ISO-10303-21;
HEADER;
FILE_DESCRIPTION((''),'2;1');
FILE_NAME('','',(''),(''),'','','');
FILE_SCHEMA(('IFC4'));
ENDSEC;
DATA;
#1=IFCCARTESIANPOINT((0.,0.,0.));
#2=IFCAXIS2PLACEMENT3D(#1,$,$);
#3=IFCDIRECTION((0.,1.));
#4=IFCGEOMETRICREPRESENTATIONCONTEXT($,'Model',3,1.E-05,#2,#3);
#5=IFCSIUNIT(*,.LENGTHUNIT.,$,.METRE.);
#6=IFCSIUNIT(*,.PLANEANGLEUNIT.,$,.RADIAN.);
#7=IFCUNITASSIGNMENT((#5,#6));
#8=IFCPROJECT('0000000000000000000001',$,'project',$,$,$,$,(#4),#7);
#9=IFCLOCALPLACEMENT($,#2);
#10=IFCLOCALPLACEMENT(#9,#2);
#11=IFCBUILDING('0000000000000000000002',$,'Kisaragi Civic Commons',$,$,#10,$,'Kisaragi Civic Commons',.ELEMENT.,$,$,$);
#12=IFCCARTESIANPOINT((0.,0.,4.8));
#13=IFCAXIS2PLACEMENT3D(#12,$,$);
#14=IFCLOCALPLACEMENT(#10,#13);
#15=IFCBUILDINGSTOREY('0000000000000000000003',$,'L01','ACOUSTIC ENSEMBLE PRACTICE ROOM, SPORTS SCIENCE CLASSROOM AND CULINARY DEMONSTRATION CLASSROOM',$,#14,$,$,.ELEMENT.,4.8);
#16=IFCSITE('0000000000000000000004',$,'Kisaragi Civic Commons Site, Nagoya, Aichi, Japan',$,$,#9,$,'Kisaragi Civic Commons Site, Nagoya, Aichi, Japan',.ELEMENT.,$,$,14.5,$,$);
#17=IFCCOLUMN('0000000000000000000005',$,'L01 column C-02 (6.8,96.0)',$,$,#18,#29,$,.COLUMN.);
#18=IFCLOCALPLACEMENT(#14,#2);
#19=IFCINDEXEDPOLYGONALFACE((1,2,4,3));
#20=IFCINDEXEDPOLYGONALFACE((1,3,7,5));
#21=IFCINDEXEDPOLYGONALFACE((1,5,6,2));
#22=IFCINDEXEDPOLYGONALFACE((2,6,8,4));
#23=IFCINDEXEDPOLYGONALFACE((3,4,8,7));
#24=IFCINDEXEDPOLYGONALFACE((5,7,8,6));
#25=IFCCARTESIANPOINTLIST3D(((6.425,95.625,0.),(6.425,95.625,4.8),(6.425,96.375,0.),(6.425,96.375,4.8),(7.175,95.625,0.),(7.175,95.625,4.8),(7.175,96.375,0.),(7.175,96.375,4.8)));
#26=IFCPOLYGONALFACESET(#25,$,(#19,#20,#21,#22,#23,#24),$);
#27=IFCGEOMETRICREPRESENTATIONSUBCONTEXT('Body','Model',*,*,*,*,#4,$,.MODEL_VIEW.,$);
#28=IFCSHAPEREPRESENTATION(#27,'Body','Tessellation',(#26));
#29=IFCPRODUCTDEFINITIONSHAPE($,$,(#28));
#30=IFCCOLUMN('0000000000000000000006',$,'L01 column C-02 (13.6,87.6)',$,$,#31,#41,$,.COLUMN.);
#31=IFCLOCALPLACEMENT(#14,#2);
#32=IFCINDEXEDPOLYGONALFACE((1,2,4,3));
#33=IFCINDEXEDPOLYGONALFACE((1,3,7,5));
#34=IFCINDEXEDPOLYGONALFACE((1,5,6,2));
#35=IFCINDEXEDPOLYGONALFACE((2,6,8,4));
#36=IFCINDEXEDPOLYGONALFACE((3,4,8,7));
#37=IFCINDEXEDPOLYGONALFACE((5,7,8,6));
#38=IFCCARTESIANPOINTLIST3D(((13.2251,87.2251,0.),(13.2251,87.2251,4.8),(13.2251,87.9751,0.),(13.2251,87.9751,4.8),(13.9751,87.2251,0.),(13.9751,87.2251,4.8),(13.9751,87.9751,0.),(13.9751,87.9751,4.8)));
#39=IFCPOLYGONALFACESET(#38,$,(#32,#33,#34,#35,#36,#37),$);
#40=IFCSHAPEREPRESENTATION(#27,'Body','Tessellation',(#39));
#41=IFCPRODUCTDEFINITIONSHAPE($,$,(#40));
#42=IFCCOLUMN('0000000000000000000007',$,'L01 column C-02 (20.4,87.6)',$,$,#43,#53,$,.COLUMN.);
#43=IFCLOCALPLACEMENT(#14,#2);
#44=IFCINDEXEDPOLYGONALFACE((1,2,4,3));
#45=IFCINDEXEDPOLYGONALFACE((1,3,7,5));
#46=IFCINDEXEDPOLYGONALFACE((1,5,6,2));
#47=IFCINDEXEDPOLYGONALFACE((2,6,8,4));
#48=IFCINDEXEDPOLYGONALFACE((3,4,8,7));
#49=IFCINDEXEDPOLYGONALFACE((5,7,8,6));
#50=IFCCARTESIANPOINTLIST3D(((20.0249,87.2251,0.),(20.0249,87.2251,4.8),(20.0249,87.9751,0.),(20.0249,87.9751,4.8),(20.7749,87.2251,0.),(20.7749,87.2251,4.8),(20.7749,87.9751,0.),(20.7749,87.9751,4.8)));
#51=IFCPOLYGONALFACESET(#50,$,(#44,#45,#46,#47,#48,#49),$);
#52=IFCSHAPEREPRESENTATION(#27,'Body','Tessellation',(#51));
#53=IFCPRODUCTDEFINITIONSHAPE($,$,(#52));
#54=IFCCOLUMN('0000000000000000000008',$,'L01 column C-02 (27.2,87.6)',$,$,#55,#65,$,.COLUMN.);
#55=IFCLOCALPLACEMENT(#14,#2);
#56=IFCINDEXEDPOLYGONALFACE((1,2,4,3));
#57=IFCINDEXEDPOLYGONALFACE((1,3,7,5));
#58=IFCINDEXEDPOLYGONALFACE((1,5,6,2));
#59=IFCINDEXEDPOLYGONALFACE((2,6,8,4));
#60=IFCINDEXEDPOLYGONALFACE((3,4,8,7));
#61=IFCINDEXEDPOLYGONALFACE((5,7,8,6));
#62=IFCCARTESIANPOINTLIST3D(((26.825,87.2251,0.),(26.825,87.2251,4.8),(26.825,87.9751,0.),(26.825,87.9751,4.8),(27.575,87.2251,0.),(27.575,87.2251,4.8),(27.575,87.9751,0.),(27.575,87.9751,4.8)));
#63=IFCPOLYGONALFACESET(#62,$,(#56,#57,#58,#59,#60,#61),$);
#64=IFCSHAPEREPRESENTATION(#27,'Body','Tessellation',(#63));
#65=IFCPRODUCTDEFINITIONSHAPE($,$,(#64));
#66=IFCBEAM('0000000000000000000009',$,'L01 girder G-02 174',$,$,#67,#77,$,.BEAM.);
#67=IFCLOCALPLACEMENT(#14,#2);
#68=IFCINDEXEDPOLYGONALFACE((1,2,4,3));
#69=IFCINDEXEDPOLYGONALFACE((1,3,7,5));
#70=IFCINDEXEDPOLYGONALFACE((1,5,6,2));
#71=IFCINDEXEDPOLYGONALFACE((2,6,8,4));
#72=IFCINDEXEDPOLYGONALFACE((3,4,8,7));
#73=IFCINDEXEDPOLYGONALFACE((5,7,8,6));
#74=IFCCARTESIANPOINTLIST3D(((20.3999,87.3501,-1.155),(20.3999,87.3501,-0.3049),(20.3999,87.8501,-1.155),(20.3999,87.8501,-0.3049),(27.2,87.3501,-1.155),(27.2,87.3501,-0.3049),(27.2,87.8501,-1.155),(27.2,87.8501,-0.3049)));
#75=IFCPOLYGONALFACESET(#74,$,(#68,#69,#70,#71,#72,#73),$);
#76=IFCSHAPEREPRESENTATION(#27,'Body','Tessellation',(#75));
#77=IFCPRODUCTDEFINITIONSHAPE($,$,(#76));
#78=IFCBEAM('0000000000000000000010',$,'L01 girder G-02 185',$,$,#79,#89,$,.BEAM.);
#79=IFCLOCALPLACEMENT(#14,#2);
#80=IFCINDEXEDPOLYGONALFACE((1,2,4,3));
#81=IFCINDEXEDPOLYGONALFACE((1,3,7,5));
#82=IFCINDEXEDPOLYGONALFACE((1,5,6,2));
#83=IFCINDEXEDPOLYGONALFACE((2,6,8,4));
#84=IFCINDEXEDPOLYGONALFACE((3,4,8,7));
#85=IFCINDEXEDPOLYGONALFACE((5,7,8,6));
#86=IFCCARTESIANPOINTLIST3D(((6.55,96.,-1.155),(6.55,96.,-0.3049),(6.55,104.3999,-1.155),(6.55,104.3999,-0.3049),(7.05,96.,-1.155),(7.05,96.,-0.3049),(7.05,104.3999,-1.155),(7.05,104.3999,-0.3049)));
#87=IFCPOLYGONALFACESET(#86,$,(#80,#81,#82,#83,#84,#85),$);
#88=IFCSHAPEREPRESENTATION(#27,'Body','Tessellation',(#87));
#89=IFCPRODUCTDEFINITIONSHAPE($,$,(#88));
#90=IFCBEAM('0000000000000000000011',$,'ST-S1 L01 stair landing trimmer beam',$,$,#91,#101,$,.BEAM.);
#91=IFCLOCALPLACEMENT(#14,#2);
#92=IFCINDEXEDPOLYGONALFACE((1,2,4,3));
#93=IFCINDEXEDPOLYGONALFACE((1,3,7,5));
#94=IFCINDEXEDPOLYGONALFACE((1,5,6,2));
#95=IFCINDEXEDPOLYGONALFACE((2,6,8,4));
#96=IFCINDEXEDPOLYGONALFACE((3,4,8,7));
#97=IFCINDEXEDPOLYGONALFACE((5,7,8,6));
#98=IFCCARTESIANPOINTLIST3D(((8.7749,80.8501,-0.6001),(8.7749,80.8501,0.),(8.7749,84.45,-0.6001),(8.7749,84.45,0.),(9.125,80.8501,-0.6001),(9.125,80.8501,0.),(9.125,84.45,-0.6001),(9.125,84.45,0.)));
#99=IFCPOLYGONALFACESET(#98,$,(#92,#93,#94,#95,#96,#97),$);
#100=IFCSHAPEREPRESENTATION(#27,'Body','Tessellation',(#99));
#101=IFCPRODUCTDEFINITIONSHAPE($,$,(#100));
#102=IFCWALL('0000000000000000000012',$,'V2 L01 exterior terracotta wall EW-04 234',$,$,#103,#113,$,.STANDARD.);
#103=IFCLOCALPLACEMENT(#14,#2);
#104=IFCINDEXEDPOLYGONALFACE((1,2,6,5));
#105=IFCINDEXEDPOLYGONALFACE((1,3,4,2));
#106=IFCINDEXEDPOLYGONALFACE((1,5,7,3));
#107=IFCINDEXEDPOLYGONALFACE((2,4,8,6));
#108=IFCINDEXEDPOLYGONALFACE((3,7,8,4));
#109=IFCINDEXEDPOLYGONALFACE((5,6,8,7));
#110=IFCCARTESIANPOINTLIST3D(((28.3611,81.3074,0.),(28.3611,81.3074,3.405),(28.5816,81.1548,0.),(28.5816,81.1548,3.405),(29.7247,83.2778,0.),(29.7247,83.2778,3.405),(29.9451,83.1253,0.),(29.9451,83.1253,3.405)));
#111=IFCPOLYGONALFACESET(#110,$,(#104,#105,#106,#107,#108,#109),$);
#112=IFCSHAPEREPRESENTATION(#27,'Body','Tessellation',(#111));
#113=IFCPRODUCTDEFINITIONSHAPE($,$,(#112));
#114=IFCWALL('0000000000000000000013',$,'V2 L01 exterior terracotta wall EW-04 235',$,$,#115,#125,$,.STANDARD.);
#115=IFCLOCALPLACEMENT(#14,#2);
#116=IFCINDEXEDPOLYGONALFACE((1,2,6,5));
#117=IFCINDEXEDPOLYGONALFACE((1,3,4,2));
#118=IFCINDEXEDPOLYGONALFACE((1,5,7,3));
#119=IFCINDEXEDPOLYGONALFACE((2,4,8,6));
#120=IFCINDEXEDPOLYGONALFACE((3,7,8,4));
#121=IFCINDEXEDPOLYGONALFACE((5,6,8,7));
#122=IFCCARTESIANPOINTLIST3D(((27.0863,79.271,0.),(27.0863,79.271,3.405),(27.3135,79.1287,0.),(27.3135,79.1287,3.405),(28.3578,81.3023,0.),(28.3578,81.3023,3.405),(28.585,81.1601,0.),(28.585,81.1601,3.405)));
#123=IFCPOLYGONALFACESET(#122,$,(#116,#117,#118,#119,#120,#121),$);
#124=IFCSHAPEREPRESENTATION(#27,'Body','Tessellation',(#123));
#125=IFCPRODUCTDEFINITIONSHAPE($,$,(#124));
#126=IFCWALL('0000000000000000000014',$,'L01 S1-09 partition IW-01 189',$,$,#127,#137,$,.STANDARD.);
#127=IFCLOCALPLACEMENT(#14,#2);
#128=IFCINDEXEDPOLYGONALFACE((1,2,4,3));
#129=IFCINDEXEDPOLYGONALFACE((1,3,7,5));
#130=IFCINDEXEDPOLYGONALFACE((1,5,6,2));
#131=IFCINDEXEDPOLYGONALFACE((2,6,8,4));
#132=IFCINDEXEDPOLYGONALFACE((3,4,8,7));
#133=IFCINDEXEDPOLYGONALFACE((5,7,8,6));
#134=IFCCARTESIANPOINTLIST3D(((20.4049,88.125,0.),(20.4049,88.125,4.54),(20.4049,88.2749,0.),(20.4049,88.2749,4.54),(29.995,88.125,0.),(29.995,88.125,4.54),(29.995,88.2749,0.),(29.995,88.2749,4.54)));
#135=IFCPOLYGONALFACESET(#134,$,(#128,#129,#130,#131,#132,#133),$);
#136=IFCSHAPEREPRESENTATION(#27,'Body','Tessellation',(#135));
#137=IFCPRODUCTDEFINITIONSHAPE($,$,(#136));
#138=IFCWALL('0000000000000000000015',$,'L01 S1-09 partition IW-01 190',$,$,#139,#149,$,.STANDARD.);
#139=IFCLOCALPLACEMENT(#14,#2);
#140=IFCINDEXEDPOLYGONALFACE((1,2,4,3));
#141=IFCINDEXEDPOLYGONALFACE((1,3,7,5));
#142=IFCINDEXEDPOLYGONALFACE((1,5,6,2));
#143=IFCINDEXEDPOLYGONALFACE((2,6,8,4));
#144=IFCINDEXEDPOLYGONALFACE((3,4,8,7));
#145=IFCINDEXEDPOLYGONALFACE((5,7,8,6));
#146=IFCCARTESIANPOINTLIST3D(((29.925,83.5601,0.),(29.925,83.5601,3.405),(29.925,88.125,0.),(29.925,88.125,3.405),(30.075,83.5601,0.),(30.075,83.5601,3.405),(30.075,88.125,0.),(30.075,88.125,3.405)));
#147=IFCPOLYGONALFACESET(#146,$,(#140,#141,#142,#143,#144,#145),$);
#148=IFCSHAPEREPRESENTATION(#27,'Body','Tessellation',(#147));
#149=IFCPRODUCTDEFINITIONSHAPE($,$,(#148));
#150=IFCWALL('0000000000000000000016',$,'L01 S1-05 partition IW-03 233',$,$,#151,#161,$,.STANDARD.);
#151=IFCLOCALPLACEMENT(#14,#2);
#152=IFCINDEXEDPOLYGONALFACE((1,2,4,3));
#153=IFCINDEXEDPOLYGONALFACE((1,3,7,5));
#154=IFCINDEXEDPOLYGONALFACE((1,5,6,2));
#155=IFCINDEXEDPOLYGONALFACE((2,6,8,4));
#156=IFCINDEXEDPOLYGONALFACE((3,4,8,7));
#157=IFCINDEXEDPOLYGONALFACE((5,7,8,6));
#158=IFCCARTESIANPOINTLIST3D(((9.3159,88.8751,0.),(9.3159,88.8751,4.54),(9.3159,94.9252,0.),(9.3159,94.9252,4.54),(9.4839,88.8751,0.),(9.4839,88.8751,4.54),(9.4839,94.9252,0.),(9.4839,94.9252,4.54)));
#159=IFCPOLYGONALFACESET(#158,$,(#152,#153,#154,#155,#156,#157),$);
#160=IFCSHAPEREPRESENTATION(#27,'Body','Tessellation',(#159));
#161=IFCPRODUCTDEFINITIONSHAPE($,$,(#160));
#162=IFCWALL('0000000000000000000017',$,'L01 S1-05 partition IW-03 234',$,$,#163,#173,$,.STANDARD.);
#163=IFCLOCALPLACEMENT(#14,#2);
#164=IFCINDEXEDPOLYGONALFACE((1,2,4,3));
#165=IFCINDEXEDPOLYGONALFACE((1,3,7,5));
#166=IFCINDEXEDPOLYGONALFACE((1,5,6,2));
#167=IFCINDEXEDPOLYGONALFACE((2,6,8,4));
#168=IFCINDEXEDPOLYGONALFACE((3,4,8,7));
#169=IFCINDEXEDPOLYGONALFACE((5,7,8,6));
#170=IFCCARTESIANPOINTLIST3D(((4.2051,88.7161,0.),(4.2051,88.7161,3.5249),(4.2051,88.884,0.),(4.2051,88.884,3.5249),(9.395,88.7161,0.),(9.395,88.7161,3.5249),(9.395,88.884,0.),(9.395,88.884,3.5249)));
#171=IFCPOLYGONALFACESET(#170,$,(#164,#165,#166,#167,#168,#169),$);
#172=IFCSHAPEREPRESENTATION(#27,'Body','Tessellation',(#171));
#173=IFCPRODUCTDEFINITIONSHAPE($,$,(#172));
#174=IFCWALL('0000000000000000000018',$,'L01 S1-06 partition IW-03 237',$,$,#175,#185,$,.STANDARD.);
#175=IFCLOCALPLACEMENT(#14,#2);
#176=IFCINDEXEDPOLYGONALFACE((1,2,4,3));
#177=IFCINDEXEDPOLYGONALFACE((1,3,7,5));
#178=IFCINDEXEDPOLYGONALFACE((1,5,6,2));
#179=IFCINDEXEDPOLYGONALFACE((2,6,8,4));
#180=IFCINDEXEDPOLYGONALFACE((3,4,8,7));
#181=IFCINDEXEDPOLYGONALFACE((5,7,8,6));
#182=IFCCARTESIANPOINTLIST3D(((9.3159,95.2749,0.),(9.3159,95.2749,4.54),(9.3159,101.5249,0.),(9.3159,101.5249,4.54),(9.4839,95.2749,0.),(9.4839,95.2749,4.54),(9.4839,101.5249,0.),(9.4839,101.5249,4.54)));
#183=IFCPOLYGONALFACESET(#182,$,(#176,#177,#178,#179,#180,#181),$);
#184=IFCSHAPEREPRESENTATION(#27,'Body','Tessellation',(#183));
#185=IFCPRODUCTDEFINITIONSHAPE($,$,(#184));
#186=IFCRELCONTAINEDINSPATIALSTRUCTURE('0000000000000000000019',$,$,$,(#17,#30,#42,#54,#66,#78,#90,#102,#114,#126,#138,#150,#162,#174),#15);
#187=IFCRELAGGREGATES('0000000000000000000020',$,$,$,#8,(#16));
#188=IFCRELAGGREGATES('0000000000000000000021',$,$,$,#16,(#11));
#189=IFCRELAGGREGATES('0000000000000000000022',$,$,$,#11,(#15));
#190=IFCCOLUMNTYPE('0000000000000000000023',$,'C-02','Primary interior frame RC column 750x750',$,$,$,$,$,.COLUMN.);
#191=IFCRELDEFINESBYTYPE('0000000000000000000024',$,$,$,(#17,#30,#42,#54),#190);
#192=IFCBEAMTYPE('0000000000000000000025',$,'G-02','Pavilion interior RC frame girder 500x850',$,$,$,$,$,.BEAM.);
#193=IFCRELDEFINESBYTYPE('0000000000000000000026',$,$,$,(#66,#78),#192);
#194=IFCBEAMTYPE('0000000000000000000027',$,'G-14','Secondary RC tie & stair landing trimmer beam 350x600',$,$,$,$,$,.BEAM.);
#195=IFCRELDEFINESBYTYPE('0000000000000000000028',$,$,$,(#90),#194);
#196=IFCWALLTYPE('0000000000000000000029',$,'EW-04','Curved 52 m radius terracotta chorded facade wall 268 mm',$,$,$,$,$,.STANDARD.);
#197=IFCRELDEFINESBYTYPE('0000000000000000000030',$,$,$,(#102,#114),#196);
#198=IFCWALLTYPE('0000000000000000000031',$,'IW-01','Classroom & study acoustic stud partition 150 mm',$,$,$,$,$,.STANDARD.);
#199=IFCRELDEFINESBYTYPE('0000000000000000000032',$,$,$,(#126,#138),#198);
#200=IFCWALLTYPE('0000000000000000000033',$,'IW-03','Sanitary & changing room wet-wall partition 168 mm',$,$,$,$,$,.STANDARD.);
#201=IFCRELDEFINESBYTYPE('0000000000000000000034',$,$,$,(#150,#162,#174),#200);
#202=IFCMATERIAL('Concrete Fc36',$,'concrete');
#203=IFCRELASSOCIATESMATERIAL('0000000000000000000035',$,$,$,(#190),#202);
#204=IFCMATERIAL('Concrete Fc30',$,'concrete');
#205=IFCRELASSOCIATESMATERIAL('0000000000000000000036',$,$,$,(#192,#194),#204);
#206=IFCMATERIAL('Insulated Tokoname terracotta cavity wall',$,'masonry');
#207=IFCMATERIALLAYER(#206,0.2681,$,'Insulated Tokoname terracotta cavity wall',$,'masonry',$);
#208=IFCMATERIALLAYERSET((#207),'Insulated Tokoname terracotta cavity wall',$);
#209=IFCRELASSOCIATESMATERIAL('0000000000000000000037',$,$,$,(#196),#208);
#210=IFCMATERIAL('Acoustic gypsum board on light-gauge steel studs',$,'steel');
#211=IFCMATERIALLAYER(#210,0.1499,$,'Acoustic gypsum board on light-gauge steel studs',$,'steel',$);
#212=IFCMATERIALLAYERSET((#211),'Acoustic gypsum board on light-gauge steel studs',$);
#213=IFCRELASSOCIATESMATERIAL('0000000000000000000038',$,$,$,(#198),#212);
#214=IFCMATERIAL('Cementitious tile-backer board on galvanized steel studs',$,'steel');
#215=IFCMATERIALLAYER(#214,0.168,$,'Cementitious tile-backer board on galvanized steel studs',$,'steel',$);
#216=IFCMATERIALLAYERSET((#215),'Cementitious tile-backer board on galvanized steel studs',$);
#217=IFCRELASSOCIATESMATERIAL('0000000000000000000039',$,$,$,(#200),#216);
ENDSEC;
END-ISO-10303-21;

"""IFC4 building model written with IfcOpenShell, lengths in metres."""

from ifc_helpers import new_model, si_unit, direction, frame, frame_2d, origin, origin_2d, place, context, subcontext, project, spatial, rectangle, extrude, material, layer, layer_set, material_profile, profile_set, type_object, element, save


model = new_model("IFC4")

# Units and contexts
model_context = context("Model", 3, precision=1e-05, world=origin(), true_north=direction((0.0, 1.0)))
body_context = subcontext(model_context, "Body", "Model", "MODEL_VIEW")
ifc_project = project(units=[si_unit("LENGTHUNIT", "METRE"), si_unit("PLANEANGLEUNIT", "RADIAN")], contexts=[model_context])

# Site, building, storey
site_placement = place(None, origin())
site = spatial("IfcSite", under=ifc_project, at=site_placement, Name="Kisaragi Civic Commons Site, Nagoya, Aichi, Japan", LongName="Kisaragi Civic Commons Site, Nagoya, Aichi, Japan", CompositionType="ELEMENT", RefElevation=14.5)
building_placement = place(site_placement, origin())
building = spatial("IfcBuilding", under=site, at=building_placement, Name="Kisaragi Civic Commons", LongName="Kisaragi Civic Commons", CompositionType="ELEMENT")
storey_placement = place(building_placement, frame((0.0, 0.0, 4.8)))
storey = spatial("IfcBuildingStorey", under=building, at=storey_placement, Name="L01", Description="ACOUSTIC ENSEMBLE PRACTICE ROOM, SPORTS SCIENCE CLASSROOM AND CULINARY DEMONSTRATION CLASSROOM", CompositionType="ELEMENT", Elevation=4.8)

# Columns
ifc_material_1 = material(Name="Concrete Fc36", Category="concrete")
ifc_material_profile_1 = material_profile(ifc_material_1, rectangle(XDim=0.75, YDim=0.75, at=origin_2d()), Name="RC-750x750", Category="concrete")
ifc_profile_set_1 = profile_set([ifc_material_profile_1], Name="Concrete Fc36")
column_type = type_object("IfcColumnType", Name="C-02", Description="Primary interior frame RC column 750x750", PredefinedType="COLUMN", material=ifc_profile_set_1)
for number, where, z_axis, x_axis, name in (
    (1, (6.8, 96.0, 0.0), (0.0, 0.0, 1.0), (1.0, 0.0, 0.0), "L01 column C-02 (6.8,96.0)"),
    (2, (13.6001, 87.6001, 0.0), (0.0, 0.0, 1.0), (1.0, 0.0, 0.0), "L01 column C-02 (13.6,87.6)"),
    (3, (20.3999, 87.6001, 0.0), (0.0, 0.0, 1.0), (1.0, 0.0, 0.0), "L01 column C-02 (20.4,87.6)"),
    (4, (27.2, 87.6001, 0.0), (0.0, 0.0, 1.0), (1.0, 0.0, 0.0), "L01 column C-02 (27.2,87.6)"),
):
    element("IfcColumn", number, at=place(storey_placement, frame(where, z_axis=z_axis, x_axis=x_axis)), inside=storey, type_object=column_type, Name=name, PredefinedType="COLUMN", context=body_context, shape_type="SweptSolid", body=[
        extrude(rectangle(XDim=0.75, YDim=0.75, at=origin_2d()), origin(), (0.0, 0.0, 1.0), 4.8),
    ])

# Beams
ifc_material_2 = material(Name="Concrete Fc30", Category="concrete")
ifc_material_profile_2 = material_profile(ifc_material_2, rectangle(XDim=0.5, YDim=0.8501, at=origin_2d()), Name="RC-500x850", Category="concrete")
ifc_profile_set_2 = profile_set([ifc_material_profile_2], Name="Concrete Fc30")
beam_type_1 = type_object("IfcBeamType", Name="G-02", Description="Pavilion interior RC frame girder 500x850", PredefinedType="BEAM", material=ifc_profile_set_2)
beam_1_placement = place(storey_placement, frame((20.3999, 87.6001, -0.73), z_axis=(1.0, 0.0, 0.0), x_axis=(0.0, 1.0, 0.0)))
element("IfcBeam", 5, at=beam_1_placement, inside=storey, type_object=beam_type_1, Name="L01 girder G-02 174", PredefinedType="BEAM", context=body_context, shape_type="SweptSolid", body=[
    extrude(rectangle(XDim=0.5, YDim=0.8501, at=origin_2d()), origin(), (0.0, 0.0, 1.0), 6.8),
])
beam_2_placement = place(storey_placement, frame((6.8, 96.0, -0.73), z_axis=(0.0, 1.0, 0.0), x_axis=(-1.0, 0.0, 0.0)))
element("IfcBeam", 6, at=beam_2_placement, inside=storey, type_object=beam_type_1, Name="L01 girder G-02 185", PredefinedType="BEAM", context=body_context, shape_type="SweptSolid", body=[
    extrude(rectangle(XDim=0.5, YDim=0.8501, at=origin_2d()), origin(), (0.0, 0.0, 1.0), 8.3999),
])
ifc_material_profile_3 = material_profile(ifc_material_2, rectangle(XDim=0.3501, YDim=0.6001, at=origin_2d()), Name="RC-350x600", Category="concrete")
ifc_profile_set_3 = profile_set([ifc_material_profile_3], Name="Concrete Fc30")
beam_type_2 = type_object("IfcBeamType", Name="G-14", Description="Secondary RC tie & stair landing trimmer beam 350x600", PredefinedType="BEAM", material=ifc_profile_set_3)
beam_3_placement = place(storey_placement, frame((8.95, 80.8501, -0.3), z_axis=(0.0, 1.0, 0.0), x_axis=(-1.0, 0.0, 0.0)))
element("IfcBeam", 7, at=beam_3_placement, inside=storey, type_object=beam_type_2, Name="ST-S1 L01 stair landing trimmer beam", PredefinedType="BEAM", context=body_context, shape_type="SweptSolid", body=[
    extrude(rectangle(XDim=0.3501, YDim=0.6001, at=origin_2d()), origin(), (0.0, 0.0, 1.0), 3.5999),
])

# Walls
ifc_material_3 = material(Name="Insulated Tokoname terracotta cavity wall", Category="masonry")
ifc_layer_1 = layer(ifc_material_3, 0.2681, Name="Insulated Tokoname terracotta cavity wall", Category="masonry")
ifc_layer_set_1 = layer_set([ifc_layer_1], Name="Insulated Tokoname terracotta cavity wall")
wall_type_1 = type_object("IfcWallType", Name="EW-04", Description="Curved 52 m radius terracotta chorded facade wall 268 mm", PredefinedType="STANDARD", material=ifc_layer_set_1)
wall_1_placement = place(storey_placement, frame((29.835, 83.2017, 0.0), z_axis=(0.0, 0.0, 1.0), x_axis=(-0.56903, -0.822317, 0.0)))
element("IfcWall", 8, at=wall_1_placement, inside=storey, type_object=wall_type_1, Name="V2 L01 exterior terracotta wall EW-04 234", PredefinedType="STANDARD", context=body_context, shape_type="SweptSolid", body=[
    extrude(rectangle(XDim=2.3962, YDim=0.2681, at=frame_2d((1.1982, 0.0))), origin(), (0.0, 0.0, 1.0), 3.405),
])
wall_2_placement = place(storey_placement, frame((28.4714, 81.2312, 0.0), z_axis=(0.0, 0.0, 1.0), x_axis=(-0.530585, -0.847632, 0.0)))
element("IfcWall", 9, at=wall_2_placement, inside=storey, type_object=wall_type_1, Name="V2 L01 exterior terracotta wall EW-04 235", PredefinedType="STANDARD", context=body_context, shape_type="SweptSolid", body=[
    extrude(rectangle(XDim=2.3965, YDim=0.2681, at=frame_2d((1.1982, 0.0))), origin(), (0.0, 0.0, 1.0), 3.405),
])
ifc_material_4 = material(Name="Acoustic gypsum board on light-gauge steel studs", Category="steel")
ifc_layer_2 = layer(ifc_material_4, 0.1499, Name="Acoustic gypsum board on light-gauge steel studs", Category="steel")
ifc_layer_set_2 = layer_set([ifc_layer_2], Name="Acoustic gypsum board on light-gauge steel studs")
wall_type_2 = type_object("IfcWallType", Name="IW-01", Description="Classroom & study acoustic stud partition 150 mm", PredefinedType="STANDARD", material=ifc_layer_set_2)
wall_3_placement = place(storey_placement, frame((20.405, 88.2, 0.0), z_axis=(0.0, 0.0, 1.0), x_axis=(1.0, 0.0, 0.0)))
element("IfcWall", 10, at=wall_3_placement, inside=storey, type_object=wall_type_2, Name="L01 S1-09 partition IW-01 189", PredefinedType="STANDARD", context=body_context, shape_type="SweptSolid", body=[
    extrude(rectangle(XDim=9.5901, YDim=0.1499, at=frame_2d((4.7949, 0.0))), origin(), (0.0, 0.0, 1.0), 4.54),
])
wall_4_placement = place(storey_placement, frame((30.0, 88.125, 0.0), z_axis=(0.0, 0.0, 1.0), x_axis=(0.0, -1.0, 0.0)))
element("IfcWall", 11, at=wall_4_placement, inside=storey, type_object=wall_type_2, Name="L01 S1-09 partition IW-01 190", PredefinedType="STANDARD", context=body_context, shape_type="SweptSolid", body=[
    extrude(rectangle(XDim=4.5649, YDim=0.1499, at=frame_2d((2.2825, 0.0))), origin(), (0.0, 0.0, 1.0), 3.405),
])
ifc_material_5 = material(Name="Cementitious tile-backer board on galvanized steel studs", Category="steel")
ifc_layer_3 = layer(ifc_material_5, 0.168, Name="Cementitious tile-backer board on galvanized steel studs", Category="steel")
ifc_layer_set_3 = layer_set([ifc_layer_3], Name="Cementitious tile-backer board on galvanized steel studs")
wall_type_3 = type_object("IfcWallType", Name="IW-03", Description="Sanitary & changing room wet-wall partition 168 mm", PredefinedType="STANDARD", material=ifc_layer_set_3)
wall_5_placement = place(storey_placement, frame((9.3999, 94.925, 0.0), z_axis=(0.0, 0.0, 1.0), x_axis=(0.0, -1.0, 0.0)))
element("IfcWall", 12, at=wall_5_placement, inside=storey, type_object=wall_type_3, Name="L01 S1-05 partition IW-03 233", PredefinedType="STANDARD", context=body_context, shape_type="SweptSolid", body=[
    extrude(rectangle(XDim=6.05, YDim=0.168, at=frame_2d((3.0249, 0.0))), origin(), (0.0, 0.0, 1.0), 4.54),
])
wall_6_placement = place(storey_placement, frame((9.395, 88.8, 0.0), z_axis=(0.0, 0.0, 1.0), x_axis=(-1.0, 0.0, 0.0)))
element("IfcWall", 13, at=wall_6_placement, inside=storey, type_object=wall_type_3, Name="L01 S1-05 partition IW-03 234", PredefinedType="STANDARD", context=body_context, shape_type="SweptSolid", body=[
    extrude(rectangle(XDim=5.1899, YDim=0.168, at=frame_2d((2.595, 0.0))), origin(), (0.0, 0.0, 1.0), 3.5249),
])
wall_7_placement = place(storey_placement, frame((9.3999, 101.5249, 0.0), z_axis=(0.0, 0.0, 1.0), x_axis=(0.0, -1.0, 0.0)))
element("IfcWall", 14, at=wall_7_placement, inside=storey, type_object=wall_type_3, Name="L01 S1-06 partition IW-03 237", PredefinedType="STANDARD", context=body_context, shape_type="SweptSolid", body=[
    extrude(rectangle(XDim=6.25, YDim=0.168, at=frame_2d((3.125, 0.0))), origin(), (0.0, 0.0, 1.0), 4.54),
])

save(model, "model.ifc")
